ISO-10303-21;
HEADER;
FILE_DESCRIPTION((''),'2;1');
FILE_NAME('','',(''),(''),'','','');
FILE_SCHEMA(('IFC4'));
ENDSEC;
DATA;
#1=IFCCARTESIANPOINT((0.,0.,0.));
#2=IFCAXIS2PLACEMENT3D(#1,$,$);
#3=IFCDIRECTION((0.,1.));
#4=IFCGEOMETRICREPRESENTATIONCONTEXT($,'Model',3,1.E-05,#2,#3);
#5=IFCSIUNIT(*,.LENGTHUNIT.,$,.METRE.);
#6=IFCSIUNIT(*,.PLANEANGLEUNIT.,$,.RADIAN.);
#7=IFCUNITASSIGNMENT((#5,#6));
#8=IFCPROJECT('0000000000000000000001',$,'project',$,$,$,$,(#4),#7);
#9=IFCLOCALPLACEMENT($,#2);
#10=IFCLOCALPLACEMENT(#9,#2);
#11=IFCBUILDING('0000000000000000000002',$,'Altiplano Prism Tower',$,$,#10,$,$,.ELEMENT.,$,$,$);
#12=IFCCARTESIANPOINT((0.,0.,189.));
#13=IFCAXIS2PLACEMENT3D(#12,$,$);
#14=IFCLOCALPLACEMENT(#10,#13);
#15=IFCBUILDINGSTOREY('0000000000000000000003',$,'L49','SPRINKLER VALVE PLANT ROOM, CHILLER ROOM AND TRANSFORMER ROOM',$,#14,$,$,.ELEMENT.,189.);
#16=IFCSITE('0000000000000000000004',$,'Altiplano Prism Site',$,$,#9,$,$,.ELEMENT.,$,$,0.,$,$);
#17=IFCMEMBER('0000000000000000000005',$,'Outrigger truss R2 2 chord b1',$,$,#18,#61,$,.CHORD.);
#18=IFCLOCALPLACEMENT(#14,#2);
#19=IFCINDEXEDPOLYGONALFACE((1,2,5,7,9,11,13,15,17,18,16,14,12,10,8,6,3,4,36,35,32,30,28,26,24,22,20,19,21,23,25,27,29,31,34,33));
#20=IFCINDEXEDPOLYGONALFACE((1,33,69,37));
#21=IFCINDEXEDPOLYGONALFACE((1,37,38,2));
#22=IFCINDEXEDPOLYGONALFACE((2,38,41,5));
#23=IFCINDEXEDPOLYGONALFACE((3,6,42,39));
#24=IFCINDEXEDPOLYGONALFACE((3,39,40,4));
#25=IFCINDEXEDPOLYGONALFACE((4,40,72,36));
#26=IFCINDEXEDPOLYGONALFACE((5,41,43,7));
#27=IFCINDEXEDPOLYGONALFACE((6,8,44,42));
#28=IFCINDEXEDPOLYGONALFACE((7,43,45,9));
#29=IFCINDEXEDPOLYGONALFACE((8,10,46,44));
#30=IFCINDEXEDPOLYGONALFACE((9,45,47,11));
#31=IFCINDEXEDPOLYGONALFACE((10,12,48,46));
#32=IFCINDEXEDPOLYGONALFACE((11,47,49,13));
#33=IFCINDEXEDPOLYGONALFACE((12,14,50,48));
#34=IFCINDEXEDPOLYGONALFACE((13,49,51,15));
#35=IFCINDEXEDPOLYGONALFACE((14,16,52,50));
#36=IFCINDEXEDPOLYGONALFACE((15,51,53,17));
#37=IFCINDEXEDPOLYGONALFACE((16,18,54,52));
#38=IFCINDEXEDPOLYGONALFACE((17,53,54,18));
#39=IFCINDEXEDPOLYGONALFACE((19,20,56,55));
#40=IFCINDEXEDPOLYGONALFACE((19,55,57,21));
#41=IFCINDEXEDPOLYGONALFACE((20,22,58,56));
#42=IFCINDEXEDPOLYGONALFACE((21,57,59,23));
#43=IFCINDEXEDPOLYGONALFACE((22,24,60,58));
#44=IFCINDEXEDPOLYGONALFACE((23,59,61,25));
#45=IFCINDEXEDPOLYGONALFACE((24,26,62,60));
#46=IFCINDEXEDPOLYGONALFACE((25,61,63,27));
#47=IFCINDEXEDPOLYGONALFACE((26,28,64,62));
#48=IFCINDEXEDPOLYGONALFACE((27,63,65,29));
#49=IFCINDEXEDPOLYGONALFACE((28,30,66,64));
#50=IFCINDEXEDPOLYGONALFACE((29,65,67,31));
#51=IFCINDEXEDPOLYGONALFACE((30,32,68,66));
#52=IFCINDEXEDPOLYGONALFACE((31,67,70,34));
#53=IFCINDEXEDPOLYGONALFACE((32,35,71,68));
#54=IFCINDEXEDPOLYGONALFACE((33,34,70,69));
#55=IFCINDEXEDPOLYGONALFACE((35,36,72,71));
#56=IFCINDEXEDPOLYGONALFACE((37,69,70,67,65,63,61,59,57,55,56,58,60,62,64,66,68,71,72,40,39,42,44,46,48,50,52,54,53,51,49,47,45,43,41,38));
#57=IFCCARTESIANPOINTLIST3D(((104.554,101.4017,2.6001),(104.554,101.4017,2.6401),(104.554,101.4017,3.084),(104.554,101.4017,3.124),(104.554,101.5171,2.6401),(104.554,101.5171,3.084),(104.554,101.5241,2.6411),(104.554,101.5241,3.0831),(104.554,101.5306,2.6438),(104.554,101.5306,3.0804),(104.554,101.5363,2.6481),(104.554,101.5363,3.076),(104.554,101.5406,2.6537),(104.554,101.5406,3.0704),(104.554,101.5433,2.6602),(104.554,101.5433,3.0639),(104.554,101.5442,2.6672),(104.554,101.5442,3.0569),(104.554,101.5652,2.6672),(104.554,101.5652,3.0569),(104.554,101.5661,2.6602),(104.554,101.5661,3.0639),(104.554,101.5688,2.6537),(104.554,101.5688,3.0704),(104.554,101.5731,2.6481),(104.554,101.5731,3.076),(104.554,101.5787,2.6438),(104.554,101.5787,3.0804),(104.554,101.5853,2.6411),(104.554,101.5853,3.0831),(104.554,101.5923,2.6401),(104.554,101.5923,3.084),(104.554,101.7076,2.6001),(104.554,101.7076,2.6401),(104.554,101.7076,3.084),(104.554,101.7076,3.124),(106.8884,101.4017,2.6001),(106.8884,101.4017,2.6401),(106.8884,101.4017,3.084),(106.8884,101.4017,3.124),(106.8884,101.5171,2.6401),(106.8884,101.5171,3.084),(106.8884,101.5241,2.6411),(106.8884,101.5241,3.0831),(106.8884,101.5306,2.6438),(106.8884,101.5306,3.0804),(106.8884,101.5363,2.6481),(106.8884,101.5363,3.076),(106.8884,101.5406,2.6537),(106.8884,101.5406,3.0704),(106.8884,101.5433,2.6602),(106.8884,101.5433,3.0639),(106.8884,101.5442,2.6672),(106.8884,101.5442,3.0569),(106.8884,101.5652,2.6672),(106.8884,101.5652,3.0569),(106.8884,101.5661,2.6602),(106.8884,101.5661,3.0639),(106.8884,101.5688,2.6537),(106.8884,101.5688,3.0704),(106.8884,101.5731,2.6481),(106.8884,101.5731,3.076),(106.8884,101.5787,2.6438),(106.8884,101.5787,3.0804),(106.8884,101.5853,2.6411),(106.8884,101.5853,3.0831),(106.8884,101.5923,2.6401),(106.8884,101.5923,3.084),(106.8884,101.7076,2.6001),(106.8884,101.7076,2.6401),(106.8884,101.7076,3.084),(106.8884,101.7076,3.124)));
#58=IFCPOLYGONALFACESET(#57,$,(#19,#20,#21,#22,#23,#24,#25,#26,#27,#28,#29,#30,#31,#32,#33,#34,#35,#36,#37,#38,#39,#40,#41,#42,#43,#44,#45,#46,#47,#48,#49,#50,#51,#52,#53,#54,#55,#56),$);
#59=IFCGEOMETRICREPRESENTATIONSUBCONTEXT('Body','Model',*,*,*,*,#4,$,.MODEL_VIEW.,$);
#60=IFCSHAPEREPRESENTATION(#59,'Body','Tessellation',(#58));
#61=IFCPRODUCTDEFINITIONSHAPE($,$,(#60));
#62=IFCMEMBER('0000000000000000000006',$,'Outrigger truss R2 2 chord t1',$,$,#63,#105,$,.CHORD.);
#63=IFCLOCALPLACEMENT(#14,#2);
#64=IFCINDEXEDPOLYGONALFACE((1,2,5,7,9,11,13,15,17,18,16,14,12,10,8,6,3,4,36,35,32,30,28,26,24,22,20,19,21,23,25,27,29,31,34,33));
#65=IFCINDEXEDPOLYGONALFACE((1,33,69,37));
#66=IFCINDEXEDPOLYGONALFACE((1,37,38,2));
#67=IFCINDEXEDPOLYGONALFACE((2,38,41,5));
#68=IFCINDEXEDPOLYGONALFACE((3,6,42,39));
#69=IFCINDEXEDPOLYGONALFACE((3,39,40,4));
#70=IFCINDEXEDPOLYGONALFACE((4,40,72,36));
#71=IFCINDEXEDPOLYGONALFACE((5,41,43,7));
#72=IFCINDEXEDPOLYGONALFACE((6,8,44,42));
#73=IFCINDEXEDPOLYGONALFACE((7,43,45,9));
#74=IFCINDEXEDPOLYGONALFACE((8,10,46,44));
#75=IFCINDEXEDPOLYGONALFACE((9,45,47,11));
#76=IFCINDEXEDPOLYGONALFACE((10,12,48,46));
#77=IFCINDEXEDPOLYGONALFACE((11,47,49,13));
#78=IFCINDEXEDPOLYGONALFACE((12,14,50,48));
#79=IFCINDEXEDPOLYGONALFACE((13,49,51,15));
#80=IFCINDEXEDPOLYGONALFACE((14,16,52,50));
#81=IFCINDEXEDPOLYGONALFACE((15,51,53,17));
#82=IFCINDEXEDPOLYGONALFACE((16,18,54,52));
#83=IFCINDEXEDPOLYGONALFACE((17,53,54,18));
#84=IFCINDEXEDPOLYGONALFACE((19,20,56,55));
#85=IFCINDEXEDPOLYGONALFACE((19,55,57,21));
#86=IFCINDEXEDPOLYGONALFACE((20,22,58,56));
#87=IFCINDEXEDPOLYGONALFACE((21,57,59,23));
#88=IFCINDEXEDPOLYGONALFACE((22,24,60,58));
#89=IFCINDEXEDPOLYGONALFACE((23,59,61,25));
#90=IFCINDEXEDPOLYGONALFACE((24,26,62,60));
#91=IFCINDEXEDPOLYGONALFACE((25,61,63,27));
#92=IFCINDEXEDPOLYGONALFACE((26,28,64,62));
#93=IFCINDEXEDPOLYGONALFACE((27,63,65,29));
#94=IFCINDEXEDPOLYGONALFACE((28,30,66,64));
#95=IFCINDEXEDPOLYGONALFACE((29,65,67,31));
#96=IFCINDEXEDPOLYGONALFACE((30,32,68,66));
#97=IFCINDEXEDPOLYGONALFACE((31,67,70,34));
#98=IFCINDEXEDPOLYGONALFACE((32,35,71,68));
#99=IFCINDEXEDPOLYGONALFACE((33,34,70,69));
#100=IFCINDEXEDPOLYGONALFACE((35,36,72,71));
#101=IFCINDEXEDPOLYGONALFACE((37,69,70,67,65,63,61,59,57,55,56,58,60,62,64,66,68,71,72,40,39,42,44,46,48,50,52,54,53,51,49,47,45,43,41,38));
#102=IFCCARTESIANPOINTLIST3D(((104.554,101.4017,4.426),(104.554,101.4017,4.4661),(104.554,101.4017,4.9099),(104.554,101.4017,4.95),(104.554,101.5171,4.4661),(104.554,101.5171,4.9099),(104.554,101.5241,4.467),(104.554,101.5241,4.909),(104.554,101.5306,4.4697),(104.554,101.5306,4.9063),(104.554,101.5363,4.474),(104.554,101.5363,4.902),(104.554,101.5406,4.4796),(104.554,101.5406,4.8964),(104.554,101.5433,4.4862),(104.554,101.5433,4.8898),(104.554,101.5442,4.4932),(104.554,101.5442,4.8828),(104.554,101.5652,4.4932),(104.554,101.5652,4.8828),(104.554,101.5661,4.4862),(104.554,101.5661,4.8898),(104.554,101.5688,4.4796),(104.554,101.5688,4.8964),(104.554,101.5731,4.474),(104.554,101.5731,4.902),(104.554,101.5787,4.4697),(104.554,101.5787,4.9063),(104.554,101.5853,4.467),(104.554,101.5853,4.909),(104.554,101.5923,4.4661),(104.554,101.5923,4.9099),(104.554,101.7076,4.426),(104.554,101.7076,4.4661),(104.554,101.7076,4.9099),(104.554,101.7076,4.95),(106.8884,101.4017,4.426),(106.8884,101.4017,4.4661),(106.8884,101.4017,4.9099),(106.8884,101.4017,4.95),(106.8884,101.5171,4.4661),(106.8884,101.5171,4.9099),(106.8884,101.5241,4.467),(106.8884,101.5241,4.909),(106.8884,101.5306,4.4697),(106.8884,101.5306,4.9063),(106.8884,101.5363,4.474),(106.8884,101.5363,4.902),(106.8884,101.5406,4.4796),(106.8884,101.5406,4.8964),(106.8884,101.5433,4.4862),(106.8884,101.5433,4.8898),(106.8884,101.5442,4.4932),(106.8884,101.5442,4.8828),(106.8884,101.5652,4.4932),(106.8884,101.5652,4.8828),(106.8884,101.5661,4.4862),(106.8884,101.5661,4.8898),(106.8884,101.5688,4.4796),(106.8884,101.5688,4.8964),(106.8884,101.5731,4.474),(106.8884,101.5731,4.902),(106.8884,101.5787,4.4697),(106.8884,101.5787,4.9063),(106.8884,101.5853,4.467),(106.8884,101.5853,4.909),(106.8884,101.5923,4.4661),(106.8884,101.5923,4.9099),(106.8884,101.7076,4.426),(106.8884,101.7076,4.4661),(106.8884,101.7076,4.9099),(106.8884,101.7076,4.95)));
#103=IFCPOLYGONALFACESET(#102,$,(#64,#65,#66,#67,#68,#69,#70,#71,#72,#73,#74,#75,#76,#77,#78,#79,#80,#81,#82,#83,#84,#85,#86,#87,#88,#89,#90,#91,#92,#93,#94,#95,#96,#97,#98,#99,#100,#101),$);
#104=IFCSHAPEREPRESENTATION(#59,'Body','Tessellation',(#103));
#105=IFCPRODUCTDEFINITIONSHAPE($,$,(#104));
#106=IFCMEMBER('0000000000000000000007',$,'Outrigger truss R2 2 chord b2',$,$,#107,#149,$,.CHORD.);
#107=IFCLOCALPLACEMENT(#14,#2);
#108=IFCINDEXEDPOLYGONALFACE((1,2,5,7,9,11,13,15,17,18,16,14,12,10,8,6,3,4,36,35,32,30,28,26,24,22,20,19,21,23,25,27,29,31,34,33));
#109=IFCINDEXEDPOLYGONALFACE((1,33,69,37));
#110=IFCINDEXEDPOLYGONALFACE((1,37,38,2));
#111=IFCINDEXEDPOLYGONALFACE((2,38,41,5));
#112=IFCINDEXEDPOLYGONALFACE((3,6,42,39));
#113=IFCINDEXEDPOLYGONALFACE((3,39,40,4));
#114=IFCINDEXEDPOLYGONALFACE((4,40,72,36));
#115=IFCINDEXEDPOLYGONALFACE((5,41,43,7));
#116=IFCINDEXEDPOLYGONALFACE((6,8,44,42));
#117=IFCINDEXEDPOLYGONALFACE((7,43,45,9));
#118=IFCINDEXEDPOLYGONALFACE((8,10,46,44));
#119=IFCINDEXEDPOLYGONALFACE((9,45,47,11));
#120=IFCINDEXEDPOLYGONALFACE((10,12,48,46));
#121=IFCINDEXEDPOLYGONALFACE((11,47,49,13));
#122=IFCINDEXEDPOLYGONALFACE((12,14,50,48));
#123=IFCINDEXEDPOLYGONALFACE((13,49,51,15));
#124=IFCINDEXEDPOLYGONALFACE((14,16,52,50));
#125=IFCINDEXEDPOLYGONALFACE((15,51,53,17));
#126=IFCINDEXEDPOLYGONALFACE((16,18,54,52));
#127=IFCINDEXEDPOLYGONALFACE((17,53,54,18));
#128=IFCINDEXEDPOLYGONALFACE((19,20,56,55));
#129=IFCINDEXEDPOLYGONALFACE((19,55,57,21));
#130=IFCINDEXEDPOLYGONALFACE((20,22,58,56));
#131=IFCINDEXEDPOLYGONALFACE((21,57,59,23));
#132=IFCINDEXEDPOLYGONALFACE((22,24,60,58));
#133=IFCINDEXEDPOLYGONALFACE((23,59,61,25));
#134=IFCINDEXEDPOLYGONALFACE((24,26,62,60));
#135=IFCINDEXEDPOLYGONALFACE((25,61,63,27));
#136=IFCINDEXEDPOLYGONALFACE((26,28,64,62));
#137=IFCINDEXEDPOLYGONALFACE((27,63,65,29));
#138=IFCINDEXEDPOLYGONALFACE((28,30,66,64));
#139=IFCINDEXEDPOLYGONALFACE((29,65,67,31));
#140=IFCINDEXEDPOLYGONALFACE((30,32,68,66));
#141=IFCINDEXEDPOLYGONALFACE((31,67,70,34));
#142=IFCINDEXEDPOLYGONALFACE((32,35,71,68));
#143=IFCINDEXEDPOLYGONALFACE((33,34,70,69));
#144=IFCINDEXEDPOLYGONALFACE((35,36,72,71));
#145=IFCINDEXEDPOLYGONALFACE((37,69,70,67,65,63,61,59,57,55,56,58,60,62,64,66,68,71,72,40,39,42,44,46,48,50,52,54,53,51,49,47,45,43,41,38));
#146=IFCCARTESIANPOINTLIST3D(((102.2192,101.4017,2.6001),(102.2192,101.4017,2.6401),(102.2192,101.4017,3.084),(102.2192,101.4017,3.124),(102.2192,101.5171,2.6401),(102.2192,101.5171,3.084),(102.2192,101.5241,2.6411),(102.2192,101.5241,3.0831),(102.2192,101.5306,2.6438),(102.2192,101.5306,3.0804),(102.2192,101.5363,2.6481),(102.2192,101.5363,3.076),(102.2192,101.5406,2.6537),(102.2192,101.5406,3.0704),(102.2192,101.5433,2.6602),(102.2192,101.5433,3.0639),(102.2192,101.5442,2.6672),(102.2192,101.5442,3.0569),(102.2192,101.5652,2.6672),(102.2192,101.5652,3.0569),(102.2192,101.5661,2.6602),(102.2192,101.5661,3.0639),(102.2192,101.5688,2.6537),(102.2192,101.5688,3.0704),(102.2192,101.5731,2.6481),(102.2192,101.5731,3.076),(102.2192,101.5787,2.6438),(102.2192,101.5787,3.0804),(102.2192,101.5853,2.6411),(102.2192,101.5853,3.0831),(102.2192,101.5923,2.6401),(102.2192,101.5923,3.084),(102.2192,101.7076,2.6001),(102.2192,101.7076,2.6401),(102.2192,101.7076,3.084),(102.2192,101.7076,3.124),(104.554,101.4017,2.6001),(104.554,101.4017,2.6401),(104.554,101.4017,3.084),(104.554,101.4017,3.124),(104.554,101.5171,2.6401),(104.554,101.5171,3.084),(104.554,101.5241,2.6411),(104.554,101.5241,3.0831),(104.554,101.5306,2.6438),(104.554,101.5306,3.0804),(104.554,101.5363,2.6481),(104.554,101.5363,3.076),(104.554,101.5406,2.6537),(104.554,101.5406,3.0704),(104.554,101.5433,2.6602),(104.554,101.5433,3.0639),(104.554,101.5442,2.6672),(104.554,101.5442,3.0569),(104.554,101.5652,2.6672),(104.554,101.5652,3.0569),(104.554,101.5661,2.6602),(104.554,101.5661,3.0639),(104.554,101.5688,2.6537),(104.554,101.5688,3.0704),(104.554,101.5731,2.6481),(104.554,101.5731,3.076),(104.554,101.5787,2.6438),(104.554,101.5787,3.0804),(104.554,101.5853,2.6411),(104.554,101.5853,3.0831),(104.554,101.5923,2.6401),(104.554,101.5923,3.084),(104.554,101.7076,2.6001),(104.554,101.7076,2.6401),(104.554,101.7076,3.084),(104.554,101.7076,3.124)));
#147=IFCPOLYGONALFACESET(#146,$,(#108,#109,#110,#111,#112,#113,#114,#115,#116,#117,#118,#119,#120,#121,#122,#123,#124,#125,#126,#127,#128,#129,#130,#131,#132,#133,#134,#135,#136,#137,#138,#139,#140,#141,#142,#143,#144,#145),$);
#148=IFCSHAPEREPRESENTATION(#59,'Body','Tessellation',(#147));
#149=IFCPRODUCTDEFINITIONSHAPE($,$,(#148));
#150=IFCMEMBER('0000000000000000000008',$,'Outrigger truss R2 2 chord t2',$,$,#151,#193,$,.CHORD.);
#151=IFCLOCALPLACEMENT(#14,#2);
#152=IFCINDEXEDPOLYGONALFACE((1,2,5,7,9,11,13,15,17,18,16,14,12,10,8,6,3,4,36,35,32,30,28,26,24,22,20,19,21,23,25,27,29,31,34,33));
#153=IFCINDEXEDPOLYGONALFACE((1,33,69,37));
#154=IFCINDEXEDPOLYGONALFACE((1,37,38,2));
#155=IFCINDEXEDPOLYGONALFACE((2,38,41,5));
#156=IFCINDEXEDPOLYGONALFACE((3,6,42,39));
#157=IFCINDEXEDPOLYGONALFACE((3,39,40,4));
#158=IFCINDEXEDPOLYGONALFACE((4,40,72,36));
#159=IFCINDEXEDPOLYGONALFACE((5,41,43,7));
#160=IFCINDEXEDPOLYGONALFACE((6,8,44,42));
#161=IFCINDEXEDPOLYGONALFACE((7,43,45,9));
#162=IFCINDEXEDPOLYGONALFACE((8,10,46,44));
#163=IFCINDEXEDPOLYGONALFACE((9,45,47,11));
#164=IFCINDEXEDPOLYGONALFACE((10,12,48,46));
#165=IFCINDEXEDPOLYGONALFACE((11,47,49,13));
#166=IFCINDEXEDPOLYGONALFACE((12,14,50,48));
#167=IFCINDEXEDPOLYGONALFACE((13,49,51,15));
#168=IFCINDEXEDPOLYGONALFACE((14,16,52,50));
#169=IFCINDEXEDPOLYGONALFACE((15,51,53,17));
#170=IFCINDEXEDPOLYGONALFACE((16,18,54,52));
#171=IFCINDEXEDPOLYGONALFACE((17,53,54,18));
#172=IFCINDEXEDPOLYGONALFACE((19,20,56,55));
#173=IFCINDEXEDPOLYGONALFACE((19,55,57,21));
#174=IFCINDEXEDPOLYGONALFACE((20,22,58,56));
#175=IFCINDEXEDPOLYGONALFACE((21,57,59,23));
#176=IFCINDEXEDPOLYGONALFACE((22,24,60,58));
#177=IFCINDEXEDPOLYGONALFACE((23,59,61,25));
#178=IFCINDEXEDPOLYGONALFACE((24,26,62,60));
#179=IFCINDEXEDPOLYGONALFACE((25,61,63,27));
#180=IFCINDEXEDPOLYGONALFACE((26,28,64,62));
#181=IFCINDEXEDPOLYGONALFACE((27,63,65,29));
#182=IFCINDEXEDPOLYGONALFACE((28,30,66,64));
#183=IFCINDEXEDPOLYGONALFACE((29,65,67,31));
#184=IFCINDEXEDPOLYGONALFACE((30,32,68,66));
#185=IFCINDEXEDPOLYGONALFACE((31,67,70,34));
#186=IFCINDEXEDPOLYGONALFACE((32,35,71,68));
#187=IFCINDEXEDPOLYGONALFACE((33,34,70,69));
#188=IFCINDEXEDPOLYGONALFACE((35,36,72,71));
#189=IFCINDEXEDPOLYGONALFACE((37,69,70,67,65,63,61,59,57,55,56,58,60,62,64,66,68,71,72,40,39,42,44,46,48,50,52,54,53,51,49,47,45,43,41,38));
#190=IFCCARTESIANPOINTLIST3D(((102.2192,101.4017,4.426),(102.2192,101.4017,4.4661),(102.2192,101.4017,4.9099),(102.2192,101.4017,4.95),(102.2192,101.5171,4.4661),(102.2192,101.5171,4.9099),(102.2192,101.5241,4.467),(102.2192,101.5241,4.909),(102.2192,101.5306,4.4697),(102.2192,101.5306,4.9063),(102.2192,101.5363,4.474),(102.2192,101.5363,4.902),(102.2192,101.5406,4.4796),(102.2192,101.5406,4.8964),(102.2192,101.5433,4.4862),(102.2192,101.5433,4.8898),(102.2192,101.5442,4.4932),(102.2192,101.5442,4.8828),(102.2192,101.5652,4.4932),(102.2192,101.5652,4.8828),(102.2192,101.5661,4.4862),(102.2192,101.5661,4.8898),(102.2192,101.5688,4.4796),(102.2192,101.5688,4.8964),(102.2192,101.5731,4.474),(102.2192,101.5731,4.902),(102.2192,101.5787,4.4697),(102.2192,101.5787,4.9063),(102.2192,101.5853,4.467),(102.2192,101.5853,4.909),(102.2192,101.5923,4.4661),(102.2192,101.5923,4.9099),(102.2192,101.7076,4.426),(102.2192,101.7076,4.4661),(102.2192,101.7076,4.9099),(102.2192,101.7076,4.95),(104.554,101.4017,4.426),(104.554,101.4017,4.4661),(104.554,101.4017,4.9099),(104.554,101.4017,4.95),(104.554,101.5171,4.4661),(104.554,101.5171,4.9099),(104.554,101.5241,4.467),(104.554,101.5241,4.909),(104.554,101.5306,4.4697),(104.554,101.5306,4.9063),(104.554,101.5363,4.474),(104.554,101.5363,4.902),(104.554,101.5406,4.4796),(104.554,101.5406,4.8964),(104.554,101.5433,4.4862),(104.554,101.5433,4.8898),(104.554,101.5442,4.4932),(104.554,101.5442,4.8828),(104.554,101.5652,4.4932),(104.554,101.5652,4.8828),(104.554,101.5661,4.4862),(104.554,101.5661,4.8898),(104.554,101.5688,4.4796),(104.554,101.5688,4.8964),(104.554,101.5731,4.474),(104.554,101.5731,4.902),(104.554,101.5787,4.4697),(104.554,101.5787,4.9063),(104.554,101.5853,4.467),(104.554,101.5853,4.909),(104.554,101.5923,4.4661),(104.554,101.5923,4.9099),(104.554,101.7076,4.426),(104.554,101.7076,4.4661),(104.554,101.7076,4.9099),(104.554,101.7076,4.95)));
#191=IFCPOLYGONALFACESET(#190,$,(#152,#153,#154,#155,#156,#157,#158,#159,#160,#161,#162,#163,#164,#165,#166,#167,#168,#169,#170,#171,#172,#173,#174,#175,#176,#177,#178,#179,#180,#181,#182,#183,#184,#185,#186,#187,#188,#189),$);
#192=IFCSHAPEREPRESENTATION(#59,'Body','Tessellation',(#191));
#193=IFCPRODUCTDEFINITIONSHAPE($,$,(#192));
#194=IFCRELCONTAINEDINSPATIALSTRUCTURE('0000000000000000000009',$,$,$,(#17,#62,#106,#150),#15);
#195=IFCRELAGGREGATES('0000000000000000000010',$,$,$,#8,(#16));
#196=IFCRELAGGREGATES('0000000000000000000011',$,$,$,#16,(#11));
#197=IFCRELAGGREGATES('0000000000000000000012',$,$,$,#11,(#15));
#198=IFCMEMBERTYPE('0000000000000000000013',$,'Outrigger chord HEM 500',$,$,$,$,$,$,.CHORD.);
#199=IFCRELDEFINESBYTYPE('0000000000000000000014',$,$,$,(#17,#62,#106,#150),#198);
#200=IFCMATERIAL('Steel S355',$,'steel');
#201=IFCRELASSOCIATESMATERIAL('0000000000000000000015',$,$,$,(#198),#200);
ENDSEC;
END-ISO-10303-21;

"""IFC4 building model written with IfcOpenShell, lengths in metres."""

from ifc_helpers import new_model, si_unit, direction, frame, origin, origin_2d, place, context, subcontext, project, spatial, i_section, extrude, material, material_profile, profile_set, type_object, element, save


model = new_model("IFC4")

# Units and contexts
model_context = context("Model", 3, precision=1e-05, world=origin(), true_north=direction((0.0, 1.0)))
body_context = subcontext(model_context, "Body", "Model", "MODEL_VIEW")
ifc_project = project(units=[si_unit("LENGTHUNIT", "METRE"), si_unit("PLANEANGLEUNIT", "RADIAN")], contexts=[model_context])

# Site, building, storey
site_placement = place(None, origin())
site = spatial("IfcSite", under=ifc_project, at=site_placement, Name="Altiplano Prism Site", CompositionType="ELEMENT", RefElevation=0.0)
building_placement = place(site_placement, origin())
building = spatial("IfcBuilding", under=site, at=building_placement, Name="Altiplano Prism Tower", CompositionType="ELEMENT")
storey_placement = place(building_placement, frame((0.0, 0.0, 189.0)))
storey = spatial("IfcBuildingStorey", under=building, at=storey_placement, Name="L49", Description="SPRINKLER VALVE PLANT ROOM, CHILLER ROOM AND TRANSFORMER ROOM", CompositionType="ELEMENT", Elevation=189.0)

# Shared definitions
ifc_material_1 = material(Name="Steel S355", Category="steel")

# Members
ifc_material_profile_1 = material_profile(ifc_material_1, i_section(OverallWidth=0.3059, OverallDepth=0.5239, WebThickness=0.021, FlangeThickness=0.04, FilletRadius=0.0271, at=origin_2d()), Name="Outrigger chord HEM 500")
ifc_profile_set_1 = profile_set([ifc_material_profile_1], Name="Steel S355")
member_type_1 = type_object("IfcMemberType", Name="Outrigger chord HEM 500", PredefinedType="CHORD", material=ifc_profile_set_1)
for number, where, z_axis, x_axis, name in (
    (1, (106.8884, 101.5547, 2.8621), (-1.0, 0.0, 0.0), (0.0, -1.0, 0.0), "Outrigger truss R2 2 chord b1"),
    (2, (106.8884, 101.5547, 4.688), (-1.0, 0.0, 0.0), (0.0, -1.0, 0.0), "Outrigger truss R2 2 chord t1"),
):
    element("IfcMember", number, at=place(storey_placement, frame(where, z_axis=z_axis, x_axis=x_axis)), inside=storey, type_object=member_type_1, Name=name, PredefinedType="CHORD", context=body_context, shape_type="SweptSolid", body=[
        extrude(i_section(OverallWidth=0.3059, OverallDepth=0.5239, WebThickness=0.021, FlangeThickness=0.04, FilletRadius=0.0271, at=origin_2d()), origin(), (0.0, 0.0, 1.0), 2.3345),
    ])
for number, where, z_axis, x_axis, name in (
    (3, (104.554, 101.5547, 2.8621), (-1.0, 0.0, 0.0), (0.0, -1.0, 0.0), "Outrigger truss R2 2 chord b2"),
    (4, (104.554, 101.5547, 4.688), (-1.0, 0.0, 0.0), (0.0, -1.0, 0.0), "Outrigger truss R2 2 chord t2"),
):
    element("IfcMember", number, at=place(storey_placement, frame(where, z_axis=z_axis, x_axis=x_axis)), inside=storey, type_object=member_type_1, Name=name, PredefinedType="CHORD", context=body_context, shape_type="SweptSolid", body=[
        extrude(i_section(OverallWidth=0.3059, OverallDepth=0.5239, WebThickness=0.021, FlangeThickness=0.04, FilletRadius=0.0271, at=origin_2d()), origin(), (0.0, 0.0, 1.0), 2.3347),
    ])

save(model, "model.ifc")
